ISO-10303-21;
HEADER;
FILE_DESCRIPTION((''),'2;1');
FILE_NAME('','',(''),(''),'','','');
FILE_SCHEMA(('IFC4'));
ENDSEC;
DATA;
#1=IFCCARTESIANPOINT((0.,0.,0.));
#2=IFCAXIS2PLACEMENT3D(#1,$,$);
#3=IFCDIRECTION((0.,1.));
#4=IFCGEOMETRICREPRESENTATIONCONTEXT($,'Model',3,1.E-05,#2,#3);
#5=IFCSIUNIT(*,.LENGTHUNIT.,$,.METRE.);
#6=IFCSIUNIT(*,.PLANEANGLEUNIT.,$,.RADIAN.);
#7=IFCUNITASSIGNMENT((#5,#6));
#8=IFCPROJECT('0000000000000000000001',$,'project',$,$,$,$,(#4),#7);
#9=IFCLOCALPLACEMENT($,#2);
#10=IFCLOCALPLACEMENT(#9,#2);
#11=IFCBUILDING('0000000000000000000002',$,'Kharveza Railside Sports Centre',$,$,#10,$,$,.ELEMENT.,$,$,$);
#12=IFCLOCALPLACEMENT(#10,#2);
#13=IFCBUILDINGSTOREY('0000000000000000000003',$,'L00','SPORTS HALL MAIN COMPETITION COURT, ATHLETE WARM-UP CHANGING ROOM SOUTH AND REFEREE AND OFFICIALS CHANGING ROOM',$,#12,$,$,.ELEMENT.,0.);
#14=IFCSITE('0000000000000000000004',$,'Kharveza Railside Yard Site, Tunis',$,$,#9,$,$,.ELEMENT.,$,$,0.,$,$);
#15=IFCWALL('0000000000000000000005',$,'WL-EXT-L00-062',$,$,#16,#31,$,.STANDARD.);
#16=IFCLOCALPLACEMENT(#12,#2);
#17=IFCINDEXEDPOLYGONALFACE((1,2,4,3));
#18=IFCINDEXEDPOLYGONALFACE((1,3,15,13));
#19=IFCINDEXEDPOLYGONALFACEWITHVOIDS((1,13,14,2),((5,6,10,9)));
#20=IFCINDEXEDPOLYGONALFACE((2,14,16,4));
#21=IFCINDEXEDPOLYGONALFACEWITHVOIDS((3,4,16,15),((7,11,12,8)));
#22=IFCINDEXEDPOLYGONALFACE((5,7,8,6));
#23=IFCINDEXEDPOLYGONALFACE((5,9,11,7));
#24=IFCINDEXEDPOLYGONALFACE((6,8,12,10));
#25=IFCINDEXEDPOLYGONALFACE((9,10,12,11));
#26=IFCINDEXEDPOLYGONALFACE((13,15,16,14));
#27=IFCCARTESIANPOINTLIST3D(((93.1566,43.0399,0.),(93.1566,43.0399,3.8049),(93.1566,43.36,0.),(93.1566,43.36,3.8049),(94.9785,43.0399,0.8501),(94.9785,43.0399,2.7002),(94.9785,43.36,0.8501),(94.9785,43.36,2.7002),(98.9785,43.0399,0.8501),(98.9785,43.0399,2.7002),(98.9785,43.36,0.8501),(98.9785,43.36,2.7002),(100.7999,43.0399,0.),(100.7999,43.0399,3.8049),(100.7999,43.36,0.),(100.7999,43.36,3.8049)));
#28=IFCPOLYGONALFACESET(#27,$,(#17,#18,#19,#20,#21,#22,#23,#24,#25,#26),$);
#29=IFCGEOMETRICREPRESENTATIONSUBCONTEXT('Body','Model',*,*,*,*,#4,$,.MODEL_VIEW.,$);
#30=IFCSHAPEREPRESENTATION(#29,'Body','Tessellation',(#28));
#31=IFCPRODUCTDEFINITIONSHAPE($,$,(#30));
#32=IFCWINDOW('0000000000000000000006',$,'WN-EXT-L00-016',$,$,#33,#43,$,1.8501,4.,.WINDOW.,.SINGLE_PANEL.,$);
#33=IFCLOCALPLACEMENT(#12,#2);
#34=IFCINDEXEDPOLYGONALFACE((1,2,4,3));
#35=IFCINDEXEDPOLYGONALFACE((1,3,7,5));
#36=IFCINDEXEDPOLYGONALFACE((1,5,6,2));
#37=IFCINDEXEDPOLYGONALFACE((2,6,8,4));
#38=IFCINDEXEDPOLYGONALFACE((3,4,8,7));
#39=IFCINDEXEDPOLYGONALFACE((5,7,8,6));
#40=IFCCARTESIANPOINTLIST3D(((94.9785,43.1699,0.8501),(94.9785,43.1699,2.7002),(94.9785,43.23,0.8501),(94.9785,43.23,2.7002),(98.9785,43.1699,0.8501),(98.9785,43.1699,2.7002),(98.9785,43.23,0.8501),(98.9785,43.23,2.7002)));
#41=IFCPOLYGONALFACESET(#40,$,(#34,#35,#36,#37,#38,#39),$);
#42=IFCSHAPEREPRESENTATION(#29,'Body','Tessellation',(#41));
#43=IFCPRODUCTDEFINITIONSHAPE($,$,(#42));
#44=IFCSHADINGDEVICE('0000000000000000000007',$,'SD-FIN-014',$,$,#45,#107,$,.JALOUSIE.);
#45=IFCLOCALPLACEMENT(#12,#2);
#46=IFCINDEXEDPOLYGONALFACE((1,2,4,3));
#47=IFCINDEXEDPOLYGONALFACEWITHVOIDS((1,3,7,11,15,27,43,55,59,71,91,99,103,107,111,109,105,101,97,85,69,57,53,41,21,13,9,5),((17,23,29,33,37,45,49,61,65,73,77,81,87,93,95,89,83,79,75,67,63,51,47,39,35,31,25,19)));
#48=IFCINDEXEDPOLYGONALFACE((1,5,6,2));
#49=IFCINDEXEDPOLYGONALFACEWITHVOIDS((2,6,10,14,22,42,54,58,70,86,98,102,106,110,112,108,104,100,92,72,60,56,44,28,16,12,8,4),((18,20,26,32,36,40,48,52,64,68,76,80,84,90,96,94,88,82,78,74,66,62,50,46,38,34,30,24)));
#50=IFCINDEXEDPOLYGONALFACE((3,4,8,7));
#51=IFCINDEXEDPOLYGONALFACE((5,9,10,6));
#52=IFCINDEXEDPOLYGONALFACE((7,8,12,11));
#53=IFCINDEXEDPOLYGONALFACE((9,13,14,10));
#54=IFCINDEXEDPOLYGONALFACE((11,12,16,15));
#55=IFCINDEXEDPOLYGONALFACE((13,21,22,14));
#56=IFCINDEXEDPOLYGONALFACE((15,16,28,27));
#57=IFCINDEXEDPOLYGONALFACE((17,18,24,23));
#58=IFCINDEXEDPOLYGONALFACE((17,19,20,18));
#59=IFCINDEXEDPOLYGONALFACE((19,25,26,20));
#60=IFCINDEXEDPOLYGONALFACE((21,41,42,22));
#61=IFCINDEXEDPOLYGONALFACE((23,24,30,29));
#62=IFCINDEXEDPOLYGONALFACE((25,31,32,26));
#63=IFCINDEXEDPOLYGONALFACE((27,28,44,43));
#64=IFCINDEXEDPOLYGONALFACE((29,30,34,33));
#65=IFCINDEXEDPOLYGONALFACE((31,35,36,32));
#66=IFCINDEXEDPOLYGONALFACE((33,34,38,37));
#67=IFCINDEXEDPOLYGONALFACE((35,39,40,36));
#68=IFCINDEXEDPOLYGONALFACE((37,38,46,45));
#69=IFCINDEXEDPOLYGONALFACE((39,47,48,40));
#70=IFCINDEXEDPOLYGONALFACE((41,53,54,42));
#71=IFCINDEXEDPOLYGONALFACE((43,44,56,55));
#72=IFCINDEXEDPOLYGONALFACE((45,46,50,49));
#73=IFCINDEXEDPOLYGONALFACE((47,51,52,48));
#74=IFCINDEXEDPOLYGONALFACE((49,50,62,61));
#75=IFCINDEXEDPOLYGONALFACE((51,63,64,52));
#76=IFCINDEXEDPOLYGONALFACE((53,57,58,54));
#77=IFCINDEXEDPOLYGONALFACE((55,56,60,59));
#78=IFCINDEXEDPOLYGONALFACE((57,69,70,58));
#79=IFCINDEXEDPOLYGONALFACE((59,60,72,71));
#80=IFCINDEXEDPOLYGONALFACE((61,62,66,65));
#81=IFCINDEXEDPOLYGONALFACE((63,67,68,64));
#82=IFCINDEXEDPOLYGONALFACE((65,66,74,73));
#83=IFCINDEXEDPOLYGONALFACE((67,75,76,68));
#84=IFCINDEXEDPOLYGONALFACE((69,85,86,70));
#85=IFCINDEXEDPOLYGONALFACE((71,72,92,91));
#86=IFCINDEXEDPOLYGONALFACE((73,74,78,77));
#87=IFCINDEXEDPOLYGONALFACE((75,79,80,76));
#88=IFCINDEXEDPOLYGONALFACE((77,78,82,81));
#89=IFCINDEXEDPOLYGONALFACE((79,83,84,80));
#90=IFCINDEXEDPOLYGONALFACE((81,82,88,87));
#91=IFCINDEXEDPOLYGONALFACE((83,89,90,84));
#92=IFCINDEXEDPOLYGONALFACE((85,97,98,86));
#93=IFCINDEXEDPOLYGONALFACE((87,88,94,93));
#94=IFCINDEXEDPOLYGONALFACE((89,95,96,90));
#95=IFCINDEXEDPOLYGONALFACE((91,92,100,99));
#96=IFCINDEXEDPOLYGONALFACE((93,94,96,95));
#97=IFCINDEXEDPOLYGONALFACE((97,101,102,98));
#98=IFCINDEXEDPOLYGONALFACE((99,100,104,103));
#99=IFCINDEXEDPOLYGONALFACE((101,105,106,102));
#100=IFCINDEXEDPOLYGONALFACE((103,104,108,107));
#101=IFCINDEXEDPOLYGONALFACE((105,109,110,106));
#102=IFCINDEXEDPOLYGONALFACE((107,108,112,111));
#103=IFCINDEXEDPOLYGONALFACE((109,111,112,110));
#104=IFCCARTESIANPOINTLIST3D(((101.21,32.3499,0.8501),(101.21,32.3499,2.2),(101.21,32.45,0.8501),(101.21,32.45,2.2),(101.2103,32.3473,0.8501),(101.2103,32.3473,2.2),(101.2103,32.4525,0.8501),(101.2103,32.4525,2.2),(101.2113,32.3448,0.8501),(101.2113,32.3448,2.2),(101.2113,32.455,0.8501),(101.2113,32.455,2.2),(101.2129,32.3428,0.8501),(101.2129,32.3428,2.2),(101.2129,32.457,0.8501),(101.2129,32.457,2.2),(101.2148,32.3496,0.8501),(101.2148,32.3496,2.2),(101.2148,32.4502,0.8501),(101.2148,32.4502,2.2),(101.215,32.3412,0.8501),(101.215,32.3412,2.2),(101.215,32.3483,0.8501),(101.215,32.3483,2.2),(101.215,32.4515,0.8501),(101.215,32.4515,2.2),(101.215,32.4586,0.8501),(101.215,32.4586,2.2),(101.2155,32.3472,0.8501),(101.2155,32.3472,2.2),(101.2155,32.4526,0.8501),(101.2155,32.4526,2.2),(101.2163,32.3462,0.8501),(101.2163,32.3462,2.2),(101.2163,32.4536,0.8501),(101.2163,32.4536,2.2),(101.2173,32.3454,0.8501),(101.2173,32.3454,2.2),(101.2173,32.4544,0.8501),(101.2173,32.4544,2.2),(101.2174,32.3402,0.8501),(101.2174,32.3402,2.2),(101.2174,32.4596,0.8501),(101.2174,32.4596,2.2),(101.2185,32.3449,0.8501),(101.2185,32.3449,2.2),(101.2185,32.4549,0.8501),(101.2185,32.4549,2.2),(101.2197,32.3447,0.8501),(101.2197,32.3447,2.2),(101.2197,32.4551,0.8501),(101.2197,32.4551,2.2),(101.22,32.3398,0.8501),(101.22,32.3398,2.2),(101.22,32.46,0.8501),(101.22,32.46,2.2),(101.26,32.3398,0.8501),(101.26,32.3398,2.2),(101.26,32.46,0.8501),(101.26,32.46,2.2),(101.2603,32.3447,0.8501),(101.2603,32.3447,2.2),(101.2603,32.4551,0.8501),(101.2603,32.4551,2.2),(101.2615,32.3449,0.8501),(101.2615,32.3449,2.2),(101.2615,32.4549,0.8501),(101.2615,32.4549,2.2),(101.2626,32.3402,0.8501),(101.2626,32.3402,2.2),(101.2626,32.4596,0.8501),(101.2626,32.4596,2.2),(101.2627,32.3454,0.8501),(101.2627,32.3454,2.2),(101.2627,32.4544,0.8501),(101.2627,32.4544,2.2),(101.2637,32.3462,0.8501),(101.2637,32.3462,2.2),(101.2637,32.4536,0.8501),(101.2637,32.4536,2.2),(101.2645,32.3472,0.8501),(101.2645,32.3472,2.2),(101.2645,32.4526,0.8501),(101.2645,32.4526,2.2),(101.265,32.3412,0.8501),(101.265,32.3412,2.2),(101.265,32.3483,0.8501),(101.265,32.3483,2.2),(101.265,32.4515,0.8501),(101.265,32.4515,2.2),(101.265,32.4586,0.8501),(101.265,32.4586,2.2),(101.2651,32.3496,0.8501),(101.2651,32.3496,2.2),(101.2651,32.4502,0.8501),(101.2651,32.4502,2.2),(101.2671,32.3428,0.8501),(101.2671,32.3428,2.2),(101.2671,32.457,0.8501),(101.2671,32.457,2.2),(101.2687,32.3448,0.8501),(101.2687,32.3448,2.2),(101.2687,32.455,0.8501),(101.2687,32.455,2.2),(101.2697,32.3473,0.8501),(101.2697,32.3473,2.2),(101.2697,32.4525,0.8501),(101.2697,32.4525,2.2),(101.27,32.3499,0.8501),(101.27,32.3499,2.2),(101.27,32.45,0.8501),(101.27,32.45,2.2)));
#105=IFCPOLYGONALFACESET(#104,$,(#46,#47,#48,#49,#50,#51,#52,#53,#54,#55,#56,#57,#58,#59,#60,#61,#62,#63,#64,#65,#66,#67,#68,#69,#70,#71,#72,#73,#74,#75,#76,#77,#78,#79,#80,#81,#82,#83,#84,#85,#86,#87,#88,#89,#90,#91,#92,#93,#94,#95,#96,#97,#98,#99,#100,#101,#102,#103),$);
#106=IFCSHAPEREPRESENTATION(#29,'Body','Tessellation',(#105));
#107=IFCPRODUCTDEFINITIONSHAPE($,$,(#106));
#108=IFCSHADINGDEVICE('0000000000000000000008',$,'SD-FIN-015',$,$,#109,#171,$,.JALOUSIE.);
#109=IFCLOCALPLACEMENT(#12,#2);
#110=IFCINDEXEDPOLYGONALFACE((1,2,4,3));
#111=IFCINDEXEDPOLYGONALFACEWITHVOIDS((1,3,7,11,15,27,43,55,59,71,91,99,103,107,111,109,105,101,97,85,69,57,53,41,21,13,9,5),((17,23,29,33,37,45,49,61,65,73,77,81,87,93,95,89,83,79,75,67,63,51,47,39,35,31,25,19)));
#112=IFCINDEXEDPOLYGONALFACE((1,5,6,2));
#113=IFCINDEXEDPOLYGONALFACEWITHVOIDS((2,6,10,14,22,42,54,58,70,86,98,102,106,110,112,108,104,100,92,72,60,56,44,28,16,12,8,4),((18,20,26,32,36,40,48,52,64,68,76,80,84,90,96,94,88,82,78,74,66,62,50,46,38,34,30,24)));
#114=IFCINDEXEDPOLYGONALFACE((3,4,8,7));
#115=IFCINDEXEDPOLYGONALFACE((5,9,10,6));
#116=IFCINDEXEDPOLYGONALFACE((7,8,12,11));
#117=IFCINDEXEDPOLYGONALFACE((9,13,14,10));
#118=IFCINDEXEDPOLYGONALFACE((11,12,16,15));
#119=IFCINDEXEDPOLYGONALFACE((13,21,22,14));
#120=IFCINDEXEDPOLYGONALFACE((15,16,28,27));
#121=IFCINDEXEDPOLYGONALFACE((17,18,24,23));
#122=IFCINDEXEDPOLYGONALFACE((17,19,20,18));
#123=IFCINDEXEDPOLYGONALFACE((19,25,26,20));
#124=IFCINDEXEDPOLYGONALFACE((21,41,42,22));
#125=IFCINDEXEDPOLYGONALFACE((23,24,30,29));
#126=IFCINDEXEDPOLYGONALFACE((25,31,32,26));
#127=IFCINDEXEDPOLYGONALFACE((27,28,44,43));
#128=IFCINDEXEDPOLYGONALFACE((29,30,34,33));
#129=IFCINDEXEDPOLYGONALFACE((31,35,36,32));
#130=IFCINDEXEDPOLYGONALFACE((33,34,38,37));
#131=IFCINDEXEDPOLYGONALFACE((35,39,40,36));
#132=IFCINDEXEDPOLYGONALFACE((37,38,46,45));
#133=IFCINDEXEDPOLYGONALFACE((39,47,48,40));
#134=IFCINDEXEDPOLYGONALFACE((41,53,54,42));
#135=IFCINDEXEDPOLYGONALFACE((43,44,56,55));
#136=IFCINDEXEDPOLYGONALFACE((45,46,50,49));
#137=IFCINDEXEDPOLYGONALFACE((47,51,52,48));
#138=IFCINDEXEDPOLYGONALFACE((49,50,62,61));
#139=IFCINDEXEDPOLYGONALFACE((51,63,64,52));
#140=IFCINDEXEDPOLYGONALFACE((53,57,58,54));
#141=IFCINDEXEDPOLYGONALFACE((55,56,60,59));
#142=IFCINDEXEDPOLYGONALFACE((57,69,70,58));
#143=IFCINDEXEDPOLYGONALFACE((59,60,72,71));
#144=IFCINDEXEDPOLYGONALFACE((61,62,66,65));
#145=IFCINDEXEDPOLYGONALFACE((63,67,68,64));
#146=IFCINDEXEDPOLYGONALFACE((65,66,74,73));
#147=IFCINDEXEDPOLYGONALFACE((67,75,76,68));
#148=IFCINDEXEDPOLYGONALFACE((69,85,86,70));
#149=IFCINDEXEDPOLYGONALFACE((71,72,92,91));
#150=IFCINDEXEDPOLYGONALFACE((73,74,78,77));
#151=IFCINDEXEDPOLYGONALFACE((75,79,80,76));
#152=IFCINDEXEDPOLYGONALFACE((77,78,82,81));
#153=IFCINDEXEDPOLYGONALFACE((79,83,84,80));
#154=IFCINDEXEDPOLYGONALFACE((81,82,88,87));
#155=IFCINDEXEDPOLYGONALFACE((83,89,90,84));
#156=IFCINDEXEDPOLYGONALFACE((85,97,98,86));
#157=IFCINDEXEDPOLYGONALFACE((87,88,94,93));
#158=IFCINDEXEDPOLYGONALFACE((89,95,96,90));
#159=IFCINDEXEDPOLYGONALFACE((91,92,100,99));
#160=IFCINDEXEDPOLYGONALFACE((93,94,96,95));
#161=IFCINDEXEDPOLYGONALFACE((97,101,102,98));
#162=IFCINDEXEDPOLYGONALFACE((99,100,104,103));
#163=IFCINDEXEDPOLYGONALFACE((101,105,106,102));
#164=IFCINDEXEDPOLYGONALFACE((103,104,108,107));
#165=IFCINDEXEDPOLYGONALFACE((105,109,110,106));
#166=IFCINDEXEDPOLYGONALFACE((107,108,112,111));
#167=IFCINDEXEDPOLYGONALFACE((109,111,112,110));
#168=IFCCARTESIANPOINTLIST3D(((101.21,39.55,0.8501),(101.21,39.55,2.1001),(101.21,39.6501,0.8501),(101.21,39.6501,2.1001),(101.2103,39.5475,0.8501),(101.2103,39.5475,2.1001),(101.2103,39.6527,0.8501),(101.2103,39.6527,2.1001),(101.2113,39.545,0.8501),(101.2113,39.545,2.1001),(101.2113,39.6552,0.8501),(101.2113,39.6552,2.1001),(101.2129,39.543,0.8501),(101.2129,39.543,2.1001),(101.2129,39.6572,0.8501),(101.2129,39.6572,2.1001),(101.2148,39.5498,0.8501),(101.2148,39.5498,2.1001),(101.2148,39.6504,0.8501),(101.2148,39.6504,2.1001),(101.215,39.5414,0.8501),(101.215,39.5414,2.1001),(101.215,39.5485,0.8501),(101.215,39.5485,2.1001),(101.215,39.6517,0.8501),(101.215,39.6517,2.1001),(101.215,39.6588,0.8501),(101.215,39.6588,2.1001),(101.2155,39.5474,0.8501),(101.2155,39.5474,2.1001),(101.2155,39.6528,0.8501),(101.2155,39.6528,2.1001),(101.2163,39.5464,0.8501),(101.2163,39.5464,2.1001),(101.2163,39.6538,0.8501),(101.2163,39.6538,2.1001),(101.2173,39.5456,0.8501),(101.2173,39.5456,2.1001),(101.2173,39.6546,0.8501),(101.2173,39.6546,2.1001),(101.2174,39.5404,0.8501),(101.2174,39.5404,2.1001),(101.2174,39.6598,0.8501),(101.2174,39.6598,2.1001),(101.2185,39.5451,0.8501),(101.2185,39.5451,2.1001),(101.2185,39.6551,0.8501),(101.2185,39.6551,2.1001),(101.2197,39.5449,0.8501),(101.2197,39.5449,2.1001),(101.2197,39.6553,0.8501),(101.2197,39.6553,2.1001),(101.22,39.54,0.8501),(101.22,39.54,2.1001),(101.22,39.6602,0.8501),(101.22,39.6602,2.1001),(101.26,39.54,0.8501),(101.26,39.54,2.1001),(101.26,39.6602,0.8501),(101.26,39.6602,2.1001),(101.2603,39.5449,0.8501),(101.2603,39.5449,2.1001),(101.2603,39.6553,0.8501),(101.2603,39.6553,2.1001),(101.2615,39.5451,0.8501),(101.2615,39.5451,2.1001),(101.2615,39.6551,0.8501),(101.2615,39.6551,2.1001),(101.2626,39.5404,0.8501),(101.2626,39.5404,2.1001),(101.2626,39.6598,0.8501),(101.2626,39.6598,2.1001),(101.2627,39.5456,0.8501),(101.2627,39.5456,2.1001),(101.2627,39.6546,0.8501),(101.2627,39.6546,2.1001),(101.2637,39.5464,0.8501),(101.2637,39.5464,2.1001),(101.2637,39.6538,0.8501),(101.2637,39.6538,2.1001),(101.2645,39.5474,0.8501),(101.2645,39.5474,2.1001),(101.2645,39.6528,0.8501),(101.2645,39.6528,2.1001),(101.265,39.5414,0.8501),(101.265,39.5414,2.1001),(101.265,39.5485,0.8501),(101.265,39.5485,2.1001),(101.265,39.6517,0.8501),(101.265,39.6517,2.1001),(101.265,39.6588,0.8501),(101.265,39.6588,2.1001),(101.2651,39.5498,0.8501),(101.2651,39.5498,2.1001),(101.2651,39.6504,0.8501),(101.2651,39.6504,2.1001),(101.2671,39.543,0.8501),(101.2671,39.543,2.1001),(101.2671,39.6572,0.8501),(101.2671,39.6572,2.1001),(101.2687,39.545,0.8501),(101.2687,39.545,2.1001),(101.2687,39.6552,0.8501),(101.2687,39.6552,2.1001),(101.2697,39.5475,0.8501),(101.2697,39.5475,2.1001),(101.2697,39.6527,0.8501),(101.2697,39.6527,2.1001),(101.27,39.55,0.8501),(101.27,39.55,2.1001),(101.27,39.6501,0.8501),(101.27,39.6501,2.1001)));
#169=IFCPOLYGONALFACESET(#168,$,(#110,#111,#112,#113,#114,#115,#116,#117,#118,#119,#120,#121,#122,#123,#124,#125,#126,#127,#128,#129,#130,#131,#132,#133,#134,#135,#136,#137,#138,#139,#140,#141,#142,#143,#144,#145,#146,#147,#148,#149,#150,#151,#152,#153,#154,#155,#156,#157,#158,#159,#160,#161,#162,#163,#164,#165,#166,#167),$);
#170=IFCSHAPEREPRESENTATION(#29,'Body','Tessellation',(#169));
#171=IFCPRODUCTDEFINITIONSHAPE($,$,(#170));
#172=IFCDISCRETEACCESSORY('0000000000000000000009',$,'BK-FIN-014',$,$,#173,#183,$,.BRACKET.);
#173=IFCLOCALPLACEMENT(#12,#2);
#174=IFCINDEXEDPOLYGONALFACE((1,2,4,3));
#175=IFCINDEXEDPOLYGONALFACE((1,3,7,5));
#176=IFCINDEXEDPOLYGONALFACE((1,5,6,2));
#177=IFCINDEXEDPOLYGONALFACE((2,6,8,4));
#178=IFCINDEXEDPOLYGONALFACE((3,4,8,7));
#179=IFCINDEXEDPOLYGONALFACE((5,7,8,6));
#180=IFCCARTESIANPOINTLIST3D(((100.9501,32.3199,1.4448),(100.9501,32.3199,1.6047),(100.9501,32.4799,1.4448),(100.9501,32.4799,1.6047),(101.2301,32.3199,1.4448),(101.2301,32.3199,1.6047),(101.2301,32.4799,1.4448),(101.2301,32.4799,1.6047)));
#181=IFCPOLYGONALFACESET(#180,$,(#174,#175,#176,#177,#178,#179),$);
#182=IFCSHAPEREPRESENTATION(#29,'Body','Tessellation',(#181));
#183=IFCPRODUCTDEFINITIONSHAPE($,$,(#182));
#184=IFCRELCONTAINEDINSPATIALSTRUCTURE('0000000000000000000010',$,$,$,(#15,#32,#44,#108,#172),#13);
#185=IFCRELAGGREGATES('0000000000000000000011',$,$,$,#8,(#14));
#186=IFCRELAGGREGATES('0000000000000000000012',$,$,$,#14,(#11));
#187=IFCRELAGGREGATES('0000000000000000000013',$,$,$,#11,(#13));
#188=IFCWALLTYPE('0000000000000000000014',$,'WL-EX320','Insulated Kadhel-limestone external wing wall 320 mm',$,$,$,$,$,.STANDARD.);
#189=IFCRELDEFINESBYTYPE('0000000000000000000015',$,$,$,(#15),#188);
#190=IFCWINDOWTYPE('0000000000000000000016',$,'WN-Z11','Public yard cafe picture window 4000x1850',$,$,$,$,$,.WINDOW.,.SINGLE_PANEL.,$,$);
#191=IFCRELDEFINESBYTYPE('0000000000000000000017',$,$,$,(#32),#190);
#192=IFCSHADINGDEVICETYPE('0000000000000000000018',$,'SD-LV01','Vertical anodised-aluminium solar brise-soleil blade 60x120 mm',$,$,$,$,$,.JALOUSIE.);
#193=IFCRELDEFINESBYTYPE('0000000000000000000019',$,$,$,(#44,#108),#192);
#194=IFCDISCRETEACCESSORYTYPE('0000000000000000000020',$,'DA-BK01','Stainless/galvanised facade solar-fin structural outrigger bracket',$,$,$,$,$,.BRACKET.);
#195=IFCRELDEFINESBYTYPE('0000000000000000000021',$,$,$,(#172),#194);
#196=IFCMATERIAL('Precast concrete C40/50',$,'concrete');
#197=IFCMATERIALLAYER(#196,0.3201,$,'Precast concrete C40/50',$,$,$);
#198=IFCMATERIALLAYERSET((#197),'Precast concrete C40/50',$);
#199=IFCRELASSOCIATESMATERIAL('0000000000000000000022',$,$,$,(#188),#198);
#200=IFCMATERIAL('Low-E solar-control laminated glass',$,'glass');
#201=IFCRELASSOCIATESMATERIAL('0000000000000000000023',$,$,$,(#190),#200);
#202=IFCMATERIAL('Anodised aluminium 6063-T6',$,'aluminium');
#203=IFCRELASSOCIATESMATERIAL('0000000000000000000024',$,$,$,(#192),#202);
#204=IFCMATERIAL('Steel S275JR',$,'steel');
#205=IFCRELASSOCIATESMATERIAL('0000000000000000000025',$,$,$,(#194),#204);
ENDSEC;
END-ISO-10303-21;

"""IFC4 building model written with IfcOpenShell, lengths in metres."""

from ifc_helpers import new_model, si_unit, direction, frame, frame_2d, origin, origin_2d, place, context, subcontext, project, spatial, rectangle, hollow_rectangle, extrude, material, layer, layer_set, material_profile, profile_set, type_object, element, fill, save


model = new_model("IFC4")

# Units and contexts
model_context = context("Model", 3, precision=1e-05, world=origin(), true_north=direction((0.0, 1.0)))
body_context = subcontext(model_context, "Body", "Model", "MODEL_VIEW")
ifc_project = project(units=[si_unit("LENGTHUNIT", "METRE"), si_unit("PLANEANGLEUNIT", "RADIAN")], contexts=[model_context])

# Site, building, storey
site_placement = place(None, origin())
site = spatial("IfcSite", under=ifc_project, at=site_placement, Name="Kharveza Railside Yard Site, Tunis", CompositionType="ELEMENT", RefElevation=0.0)
building_placement = place(site_placement, origin())
building = spatial("IfcBuilding", under=site, at=building_placement, Name="Kharveza Railside Sports Centre", CompositionType="ELEMENT")
storey_placement = place(building_placement, origin())
storey = spatial("IfcBuildingStorey", under=building, at=storey_placement, Name="L00", Description="SPORTS HALL MAIN COMPETITION COURT, ATHLETE WARM-UP CHANGING ROOM SOUTH AND REFEREE AND OFFICIALS CHANGING ROOM", CompositionType="ELEMENT", Elevation=0.0)

# Wall, opening, window
ifc_material_1 = material(Name="Precast concrete C40/50", Category="concrete")
ifc_layer = layer(ifc_material_1, 0.3201, Name="Precast concrete C40/50")
ifc_layer_set = layer_set([ifc_layer], Name="Precast concrete C40/50")
wall_type = type_object("IfcWallType", Name="WL-EX320", Description="Insulated Kadhel-limestone external wing wall 320 mm", PredefinedType="STANDARD", material=ifc_layer_set)
ifc_material_2 = material(Name="Low-E solar-control laminated glass", Category="glass")
wall_1_placement = place(storey_placement, frame((100.8, 43.2, 0.0), z_axis=(0.0, 0.0, 1.0), x_axis=(-1.0, 0.0, 0.0)))
wall_1 = element("IfcWall", 1, at=wall_1_placement, inside=storey, type_object=wall_type, Name="WL-EXT-L00-062", PredefinedType="STANDARD", context=body_context, shape_type="SweptSolid", body=[
    extrude(rectangle(XDim=7.6433, YDim=0.3201, at=frame_2d((3.8218, 0.0))), origin(), (0.0, 0.0, 1.0), 3.8049),
])
opening_1_placement = place(wall_1_placement, frame((1.8215, 0.0, 0.8501)))
opening_1 = element("IfcOpeningElement", 2, at=opening_1_placement, cuts=wall_1, PredefinedType="OPENING", context=body_context, shape_type="SweptSolid", body=[
    extrude(rectangle(XDim=4.0, YDim=1.8501, at=frame_2d((2.0, 0.925))), frame((0.0, 0.1851, 0.0), z_axis=(0.0, -1.0, 0.0), x_axis=(1.0, 0.0, 0.0)), (0.0, 0.0, 1.0), 0.3699),
])
window_type_1 = type_object("IfcWindowType", Name="WN-Z11", Description="Public yard cafe picture window 4000x1850", PartitioningType="SINGLE_PANEL", PredefinedType="WINDOW", material=ifc_material_2)
window_1_placement = place(opening_1_placement, origin())
window_1 = element("IfcWindow", 3, at=window_1_placement, inside=storey, type_object=window_type_1, Name="WN-EXT-L00-016", OverallHeight=1.8501, OverallWidth=4.0, PartitioningType="SINGLE_PANEL", PredefinedType="WINDOW", context=body_context, shape_type="SweptSolid", body=[
    extrude(rectangle(XDim=4.0, YDim=1.8501, at=frame_2d((2.0, 0.925))), frame((0.0, 0.03, 0.0), z_axis=(0.0, -1.0, 0.0), x_axis=(1.0, 0.0, 0.0)), (0.0, 0.0, 1.0), 0.0601),
])
fill(opening_1, window_1)

# Shading devices
ifc_material_3 = material(Name="Anodised aluminium 6063-T6", Category="aluminium")
ifc_material_profile_1 = material_profile(ifc_material_3, hollow_rectangle(XDim=0.0601, YDim=0.1201, WallThickness=0.0049, InnerFilletRadius=0.0049, OuterFilletRadius=0.01, at=origin_2d()), Name="RHS 60x120x5.0")
ifc_profile_set_1 = profile_set([ifc_material_profile_1], Name="Anodised aluminium 6063-T6")
shading_device_type = type_object("IfcShadingDeviceType", Name="SD-LV01", Description="Vertical anodised-aluminium solar brise-soleil blade 60x120 mm", PredefinedType="JALOUSIE", material=ifc_profile_set_1)
shading_device_1_placement = place(storey_placement, frame((101.24, 32.3999, 0.8501), z_axis=(0.0, 0.0, 1.0), x_axis=(1.0, 0.0, 0.0)))
element("IfcShadingDevice", 4, at=shading_device_1_placement, inside=storey, type_object=shading_device_type, Name="SD-FIN-014", PredefinedType="JALOUSIE", context=body_context, shape_type="SweptSolid", body=[
    extrude(hollow_rectangle(XDim=0.0601, YDim=0.1201, WallThickness=0.0049, InnerFilletRadius=0.0049, OuterFilletRadius=0.01, at=origin_2d()), origin(), (0.0, 0.0, 1.0), 1.3499),
])
shading_device_2_placement = place(storey_placement, frame((101.24, 39.6001, 0.8501), z_axis=(0.0, 0.0, 1.0), x_axis=(1.0, 0.0, 0.0)))
element("IfcShadingDevice", 5, at=shading_device_2_placement, inside=storey, type_object=shading_device_type, Name="SD-FIN-015", PredefinedType="JALOUSIE", context=body_context, shape_type="SweptSolid", body=[
    extrude(hollow_rectangle(XDim=0.0601, YDim=0.1201, WallThickness=0.0049, InnerFilletRadius=0.0049, OuterFilletRadius=0.01, at=origin_2d()), origin(), (0.0, 0.0, 1.0), 1.25),
])

# Discrete accessory
ifc_material_4 = material(Name="Steel S275JR", Category="steel")
discrete_accessory_type = type_object("IfcDiscreteAccessoryType", Name="DA-BK01", Description="Stainless/galvanised facade solar-fin structural outrigger bracket", PredefinedType="BRACKET", material=ifc_material_4)
for number, where, z_axis, x_axis, name in (
    (6, (101.0901, 32.3999, 1.4448), (0.0, 0.0, 1.0), (1.0, 0.0, 0.0), "BK-FIN-014"),
):
    element("IfcDiscreteAccessory", number, at=place(storey_placement, frame(where, z_axis=z_axis, x_axis=x_axis)), inside=storey, type_object=discrete_accessory_type, Name=name, PredefinedType="BRACKET", context=body_context, shape_type="SweptSolid", body=[
        extrude(rectangle(XDim=0.28, YDim=0.1599, at=origin_2d()), origin(), (0.0, 0.0, 1.0), 0.1599),
    ])

save(model, "model.ifc")
